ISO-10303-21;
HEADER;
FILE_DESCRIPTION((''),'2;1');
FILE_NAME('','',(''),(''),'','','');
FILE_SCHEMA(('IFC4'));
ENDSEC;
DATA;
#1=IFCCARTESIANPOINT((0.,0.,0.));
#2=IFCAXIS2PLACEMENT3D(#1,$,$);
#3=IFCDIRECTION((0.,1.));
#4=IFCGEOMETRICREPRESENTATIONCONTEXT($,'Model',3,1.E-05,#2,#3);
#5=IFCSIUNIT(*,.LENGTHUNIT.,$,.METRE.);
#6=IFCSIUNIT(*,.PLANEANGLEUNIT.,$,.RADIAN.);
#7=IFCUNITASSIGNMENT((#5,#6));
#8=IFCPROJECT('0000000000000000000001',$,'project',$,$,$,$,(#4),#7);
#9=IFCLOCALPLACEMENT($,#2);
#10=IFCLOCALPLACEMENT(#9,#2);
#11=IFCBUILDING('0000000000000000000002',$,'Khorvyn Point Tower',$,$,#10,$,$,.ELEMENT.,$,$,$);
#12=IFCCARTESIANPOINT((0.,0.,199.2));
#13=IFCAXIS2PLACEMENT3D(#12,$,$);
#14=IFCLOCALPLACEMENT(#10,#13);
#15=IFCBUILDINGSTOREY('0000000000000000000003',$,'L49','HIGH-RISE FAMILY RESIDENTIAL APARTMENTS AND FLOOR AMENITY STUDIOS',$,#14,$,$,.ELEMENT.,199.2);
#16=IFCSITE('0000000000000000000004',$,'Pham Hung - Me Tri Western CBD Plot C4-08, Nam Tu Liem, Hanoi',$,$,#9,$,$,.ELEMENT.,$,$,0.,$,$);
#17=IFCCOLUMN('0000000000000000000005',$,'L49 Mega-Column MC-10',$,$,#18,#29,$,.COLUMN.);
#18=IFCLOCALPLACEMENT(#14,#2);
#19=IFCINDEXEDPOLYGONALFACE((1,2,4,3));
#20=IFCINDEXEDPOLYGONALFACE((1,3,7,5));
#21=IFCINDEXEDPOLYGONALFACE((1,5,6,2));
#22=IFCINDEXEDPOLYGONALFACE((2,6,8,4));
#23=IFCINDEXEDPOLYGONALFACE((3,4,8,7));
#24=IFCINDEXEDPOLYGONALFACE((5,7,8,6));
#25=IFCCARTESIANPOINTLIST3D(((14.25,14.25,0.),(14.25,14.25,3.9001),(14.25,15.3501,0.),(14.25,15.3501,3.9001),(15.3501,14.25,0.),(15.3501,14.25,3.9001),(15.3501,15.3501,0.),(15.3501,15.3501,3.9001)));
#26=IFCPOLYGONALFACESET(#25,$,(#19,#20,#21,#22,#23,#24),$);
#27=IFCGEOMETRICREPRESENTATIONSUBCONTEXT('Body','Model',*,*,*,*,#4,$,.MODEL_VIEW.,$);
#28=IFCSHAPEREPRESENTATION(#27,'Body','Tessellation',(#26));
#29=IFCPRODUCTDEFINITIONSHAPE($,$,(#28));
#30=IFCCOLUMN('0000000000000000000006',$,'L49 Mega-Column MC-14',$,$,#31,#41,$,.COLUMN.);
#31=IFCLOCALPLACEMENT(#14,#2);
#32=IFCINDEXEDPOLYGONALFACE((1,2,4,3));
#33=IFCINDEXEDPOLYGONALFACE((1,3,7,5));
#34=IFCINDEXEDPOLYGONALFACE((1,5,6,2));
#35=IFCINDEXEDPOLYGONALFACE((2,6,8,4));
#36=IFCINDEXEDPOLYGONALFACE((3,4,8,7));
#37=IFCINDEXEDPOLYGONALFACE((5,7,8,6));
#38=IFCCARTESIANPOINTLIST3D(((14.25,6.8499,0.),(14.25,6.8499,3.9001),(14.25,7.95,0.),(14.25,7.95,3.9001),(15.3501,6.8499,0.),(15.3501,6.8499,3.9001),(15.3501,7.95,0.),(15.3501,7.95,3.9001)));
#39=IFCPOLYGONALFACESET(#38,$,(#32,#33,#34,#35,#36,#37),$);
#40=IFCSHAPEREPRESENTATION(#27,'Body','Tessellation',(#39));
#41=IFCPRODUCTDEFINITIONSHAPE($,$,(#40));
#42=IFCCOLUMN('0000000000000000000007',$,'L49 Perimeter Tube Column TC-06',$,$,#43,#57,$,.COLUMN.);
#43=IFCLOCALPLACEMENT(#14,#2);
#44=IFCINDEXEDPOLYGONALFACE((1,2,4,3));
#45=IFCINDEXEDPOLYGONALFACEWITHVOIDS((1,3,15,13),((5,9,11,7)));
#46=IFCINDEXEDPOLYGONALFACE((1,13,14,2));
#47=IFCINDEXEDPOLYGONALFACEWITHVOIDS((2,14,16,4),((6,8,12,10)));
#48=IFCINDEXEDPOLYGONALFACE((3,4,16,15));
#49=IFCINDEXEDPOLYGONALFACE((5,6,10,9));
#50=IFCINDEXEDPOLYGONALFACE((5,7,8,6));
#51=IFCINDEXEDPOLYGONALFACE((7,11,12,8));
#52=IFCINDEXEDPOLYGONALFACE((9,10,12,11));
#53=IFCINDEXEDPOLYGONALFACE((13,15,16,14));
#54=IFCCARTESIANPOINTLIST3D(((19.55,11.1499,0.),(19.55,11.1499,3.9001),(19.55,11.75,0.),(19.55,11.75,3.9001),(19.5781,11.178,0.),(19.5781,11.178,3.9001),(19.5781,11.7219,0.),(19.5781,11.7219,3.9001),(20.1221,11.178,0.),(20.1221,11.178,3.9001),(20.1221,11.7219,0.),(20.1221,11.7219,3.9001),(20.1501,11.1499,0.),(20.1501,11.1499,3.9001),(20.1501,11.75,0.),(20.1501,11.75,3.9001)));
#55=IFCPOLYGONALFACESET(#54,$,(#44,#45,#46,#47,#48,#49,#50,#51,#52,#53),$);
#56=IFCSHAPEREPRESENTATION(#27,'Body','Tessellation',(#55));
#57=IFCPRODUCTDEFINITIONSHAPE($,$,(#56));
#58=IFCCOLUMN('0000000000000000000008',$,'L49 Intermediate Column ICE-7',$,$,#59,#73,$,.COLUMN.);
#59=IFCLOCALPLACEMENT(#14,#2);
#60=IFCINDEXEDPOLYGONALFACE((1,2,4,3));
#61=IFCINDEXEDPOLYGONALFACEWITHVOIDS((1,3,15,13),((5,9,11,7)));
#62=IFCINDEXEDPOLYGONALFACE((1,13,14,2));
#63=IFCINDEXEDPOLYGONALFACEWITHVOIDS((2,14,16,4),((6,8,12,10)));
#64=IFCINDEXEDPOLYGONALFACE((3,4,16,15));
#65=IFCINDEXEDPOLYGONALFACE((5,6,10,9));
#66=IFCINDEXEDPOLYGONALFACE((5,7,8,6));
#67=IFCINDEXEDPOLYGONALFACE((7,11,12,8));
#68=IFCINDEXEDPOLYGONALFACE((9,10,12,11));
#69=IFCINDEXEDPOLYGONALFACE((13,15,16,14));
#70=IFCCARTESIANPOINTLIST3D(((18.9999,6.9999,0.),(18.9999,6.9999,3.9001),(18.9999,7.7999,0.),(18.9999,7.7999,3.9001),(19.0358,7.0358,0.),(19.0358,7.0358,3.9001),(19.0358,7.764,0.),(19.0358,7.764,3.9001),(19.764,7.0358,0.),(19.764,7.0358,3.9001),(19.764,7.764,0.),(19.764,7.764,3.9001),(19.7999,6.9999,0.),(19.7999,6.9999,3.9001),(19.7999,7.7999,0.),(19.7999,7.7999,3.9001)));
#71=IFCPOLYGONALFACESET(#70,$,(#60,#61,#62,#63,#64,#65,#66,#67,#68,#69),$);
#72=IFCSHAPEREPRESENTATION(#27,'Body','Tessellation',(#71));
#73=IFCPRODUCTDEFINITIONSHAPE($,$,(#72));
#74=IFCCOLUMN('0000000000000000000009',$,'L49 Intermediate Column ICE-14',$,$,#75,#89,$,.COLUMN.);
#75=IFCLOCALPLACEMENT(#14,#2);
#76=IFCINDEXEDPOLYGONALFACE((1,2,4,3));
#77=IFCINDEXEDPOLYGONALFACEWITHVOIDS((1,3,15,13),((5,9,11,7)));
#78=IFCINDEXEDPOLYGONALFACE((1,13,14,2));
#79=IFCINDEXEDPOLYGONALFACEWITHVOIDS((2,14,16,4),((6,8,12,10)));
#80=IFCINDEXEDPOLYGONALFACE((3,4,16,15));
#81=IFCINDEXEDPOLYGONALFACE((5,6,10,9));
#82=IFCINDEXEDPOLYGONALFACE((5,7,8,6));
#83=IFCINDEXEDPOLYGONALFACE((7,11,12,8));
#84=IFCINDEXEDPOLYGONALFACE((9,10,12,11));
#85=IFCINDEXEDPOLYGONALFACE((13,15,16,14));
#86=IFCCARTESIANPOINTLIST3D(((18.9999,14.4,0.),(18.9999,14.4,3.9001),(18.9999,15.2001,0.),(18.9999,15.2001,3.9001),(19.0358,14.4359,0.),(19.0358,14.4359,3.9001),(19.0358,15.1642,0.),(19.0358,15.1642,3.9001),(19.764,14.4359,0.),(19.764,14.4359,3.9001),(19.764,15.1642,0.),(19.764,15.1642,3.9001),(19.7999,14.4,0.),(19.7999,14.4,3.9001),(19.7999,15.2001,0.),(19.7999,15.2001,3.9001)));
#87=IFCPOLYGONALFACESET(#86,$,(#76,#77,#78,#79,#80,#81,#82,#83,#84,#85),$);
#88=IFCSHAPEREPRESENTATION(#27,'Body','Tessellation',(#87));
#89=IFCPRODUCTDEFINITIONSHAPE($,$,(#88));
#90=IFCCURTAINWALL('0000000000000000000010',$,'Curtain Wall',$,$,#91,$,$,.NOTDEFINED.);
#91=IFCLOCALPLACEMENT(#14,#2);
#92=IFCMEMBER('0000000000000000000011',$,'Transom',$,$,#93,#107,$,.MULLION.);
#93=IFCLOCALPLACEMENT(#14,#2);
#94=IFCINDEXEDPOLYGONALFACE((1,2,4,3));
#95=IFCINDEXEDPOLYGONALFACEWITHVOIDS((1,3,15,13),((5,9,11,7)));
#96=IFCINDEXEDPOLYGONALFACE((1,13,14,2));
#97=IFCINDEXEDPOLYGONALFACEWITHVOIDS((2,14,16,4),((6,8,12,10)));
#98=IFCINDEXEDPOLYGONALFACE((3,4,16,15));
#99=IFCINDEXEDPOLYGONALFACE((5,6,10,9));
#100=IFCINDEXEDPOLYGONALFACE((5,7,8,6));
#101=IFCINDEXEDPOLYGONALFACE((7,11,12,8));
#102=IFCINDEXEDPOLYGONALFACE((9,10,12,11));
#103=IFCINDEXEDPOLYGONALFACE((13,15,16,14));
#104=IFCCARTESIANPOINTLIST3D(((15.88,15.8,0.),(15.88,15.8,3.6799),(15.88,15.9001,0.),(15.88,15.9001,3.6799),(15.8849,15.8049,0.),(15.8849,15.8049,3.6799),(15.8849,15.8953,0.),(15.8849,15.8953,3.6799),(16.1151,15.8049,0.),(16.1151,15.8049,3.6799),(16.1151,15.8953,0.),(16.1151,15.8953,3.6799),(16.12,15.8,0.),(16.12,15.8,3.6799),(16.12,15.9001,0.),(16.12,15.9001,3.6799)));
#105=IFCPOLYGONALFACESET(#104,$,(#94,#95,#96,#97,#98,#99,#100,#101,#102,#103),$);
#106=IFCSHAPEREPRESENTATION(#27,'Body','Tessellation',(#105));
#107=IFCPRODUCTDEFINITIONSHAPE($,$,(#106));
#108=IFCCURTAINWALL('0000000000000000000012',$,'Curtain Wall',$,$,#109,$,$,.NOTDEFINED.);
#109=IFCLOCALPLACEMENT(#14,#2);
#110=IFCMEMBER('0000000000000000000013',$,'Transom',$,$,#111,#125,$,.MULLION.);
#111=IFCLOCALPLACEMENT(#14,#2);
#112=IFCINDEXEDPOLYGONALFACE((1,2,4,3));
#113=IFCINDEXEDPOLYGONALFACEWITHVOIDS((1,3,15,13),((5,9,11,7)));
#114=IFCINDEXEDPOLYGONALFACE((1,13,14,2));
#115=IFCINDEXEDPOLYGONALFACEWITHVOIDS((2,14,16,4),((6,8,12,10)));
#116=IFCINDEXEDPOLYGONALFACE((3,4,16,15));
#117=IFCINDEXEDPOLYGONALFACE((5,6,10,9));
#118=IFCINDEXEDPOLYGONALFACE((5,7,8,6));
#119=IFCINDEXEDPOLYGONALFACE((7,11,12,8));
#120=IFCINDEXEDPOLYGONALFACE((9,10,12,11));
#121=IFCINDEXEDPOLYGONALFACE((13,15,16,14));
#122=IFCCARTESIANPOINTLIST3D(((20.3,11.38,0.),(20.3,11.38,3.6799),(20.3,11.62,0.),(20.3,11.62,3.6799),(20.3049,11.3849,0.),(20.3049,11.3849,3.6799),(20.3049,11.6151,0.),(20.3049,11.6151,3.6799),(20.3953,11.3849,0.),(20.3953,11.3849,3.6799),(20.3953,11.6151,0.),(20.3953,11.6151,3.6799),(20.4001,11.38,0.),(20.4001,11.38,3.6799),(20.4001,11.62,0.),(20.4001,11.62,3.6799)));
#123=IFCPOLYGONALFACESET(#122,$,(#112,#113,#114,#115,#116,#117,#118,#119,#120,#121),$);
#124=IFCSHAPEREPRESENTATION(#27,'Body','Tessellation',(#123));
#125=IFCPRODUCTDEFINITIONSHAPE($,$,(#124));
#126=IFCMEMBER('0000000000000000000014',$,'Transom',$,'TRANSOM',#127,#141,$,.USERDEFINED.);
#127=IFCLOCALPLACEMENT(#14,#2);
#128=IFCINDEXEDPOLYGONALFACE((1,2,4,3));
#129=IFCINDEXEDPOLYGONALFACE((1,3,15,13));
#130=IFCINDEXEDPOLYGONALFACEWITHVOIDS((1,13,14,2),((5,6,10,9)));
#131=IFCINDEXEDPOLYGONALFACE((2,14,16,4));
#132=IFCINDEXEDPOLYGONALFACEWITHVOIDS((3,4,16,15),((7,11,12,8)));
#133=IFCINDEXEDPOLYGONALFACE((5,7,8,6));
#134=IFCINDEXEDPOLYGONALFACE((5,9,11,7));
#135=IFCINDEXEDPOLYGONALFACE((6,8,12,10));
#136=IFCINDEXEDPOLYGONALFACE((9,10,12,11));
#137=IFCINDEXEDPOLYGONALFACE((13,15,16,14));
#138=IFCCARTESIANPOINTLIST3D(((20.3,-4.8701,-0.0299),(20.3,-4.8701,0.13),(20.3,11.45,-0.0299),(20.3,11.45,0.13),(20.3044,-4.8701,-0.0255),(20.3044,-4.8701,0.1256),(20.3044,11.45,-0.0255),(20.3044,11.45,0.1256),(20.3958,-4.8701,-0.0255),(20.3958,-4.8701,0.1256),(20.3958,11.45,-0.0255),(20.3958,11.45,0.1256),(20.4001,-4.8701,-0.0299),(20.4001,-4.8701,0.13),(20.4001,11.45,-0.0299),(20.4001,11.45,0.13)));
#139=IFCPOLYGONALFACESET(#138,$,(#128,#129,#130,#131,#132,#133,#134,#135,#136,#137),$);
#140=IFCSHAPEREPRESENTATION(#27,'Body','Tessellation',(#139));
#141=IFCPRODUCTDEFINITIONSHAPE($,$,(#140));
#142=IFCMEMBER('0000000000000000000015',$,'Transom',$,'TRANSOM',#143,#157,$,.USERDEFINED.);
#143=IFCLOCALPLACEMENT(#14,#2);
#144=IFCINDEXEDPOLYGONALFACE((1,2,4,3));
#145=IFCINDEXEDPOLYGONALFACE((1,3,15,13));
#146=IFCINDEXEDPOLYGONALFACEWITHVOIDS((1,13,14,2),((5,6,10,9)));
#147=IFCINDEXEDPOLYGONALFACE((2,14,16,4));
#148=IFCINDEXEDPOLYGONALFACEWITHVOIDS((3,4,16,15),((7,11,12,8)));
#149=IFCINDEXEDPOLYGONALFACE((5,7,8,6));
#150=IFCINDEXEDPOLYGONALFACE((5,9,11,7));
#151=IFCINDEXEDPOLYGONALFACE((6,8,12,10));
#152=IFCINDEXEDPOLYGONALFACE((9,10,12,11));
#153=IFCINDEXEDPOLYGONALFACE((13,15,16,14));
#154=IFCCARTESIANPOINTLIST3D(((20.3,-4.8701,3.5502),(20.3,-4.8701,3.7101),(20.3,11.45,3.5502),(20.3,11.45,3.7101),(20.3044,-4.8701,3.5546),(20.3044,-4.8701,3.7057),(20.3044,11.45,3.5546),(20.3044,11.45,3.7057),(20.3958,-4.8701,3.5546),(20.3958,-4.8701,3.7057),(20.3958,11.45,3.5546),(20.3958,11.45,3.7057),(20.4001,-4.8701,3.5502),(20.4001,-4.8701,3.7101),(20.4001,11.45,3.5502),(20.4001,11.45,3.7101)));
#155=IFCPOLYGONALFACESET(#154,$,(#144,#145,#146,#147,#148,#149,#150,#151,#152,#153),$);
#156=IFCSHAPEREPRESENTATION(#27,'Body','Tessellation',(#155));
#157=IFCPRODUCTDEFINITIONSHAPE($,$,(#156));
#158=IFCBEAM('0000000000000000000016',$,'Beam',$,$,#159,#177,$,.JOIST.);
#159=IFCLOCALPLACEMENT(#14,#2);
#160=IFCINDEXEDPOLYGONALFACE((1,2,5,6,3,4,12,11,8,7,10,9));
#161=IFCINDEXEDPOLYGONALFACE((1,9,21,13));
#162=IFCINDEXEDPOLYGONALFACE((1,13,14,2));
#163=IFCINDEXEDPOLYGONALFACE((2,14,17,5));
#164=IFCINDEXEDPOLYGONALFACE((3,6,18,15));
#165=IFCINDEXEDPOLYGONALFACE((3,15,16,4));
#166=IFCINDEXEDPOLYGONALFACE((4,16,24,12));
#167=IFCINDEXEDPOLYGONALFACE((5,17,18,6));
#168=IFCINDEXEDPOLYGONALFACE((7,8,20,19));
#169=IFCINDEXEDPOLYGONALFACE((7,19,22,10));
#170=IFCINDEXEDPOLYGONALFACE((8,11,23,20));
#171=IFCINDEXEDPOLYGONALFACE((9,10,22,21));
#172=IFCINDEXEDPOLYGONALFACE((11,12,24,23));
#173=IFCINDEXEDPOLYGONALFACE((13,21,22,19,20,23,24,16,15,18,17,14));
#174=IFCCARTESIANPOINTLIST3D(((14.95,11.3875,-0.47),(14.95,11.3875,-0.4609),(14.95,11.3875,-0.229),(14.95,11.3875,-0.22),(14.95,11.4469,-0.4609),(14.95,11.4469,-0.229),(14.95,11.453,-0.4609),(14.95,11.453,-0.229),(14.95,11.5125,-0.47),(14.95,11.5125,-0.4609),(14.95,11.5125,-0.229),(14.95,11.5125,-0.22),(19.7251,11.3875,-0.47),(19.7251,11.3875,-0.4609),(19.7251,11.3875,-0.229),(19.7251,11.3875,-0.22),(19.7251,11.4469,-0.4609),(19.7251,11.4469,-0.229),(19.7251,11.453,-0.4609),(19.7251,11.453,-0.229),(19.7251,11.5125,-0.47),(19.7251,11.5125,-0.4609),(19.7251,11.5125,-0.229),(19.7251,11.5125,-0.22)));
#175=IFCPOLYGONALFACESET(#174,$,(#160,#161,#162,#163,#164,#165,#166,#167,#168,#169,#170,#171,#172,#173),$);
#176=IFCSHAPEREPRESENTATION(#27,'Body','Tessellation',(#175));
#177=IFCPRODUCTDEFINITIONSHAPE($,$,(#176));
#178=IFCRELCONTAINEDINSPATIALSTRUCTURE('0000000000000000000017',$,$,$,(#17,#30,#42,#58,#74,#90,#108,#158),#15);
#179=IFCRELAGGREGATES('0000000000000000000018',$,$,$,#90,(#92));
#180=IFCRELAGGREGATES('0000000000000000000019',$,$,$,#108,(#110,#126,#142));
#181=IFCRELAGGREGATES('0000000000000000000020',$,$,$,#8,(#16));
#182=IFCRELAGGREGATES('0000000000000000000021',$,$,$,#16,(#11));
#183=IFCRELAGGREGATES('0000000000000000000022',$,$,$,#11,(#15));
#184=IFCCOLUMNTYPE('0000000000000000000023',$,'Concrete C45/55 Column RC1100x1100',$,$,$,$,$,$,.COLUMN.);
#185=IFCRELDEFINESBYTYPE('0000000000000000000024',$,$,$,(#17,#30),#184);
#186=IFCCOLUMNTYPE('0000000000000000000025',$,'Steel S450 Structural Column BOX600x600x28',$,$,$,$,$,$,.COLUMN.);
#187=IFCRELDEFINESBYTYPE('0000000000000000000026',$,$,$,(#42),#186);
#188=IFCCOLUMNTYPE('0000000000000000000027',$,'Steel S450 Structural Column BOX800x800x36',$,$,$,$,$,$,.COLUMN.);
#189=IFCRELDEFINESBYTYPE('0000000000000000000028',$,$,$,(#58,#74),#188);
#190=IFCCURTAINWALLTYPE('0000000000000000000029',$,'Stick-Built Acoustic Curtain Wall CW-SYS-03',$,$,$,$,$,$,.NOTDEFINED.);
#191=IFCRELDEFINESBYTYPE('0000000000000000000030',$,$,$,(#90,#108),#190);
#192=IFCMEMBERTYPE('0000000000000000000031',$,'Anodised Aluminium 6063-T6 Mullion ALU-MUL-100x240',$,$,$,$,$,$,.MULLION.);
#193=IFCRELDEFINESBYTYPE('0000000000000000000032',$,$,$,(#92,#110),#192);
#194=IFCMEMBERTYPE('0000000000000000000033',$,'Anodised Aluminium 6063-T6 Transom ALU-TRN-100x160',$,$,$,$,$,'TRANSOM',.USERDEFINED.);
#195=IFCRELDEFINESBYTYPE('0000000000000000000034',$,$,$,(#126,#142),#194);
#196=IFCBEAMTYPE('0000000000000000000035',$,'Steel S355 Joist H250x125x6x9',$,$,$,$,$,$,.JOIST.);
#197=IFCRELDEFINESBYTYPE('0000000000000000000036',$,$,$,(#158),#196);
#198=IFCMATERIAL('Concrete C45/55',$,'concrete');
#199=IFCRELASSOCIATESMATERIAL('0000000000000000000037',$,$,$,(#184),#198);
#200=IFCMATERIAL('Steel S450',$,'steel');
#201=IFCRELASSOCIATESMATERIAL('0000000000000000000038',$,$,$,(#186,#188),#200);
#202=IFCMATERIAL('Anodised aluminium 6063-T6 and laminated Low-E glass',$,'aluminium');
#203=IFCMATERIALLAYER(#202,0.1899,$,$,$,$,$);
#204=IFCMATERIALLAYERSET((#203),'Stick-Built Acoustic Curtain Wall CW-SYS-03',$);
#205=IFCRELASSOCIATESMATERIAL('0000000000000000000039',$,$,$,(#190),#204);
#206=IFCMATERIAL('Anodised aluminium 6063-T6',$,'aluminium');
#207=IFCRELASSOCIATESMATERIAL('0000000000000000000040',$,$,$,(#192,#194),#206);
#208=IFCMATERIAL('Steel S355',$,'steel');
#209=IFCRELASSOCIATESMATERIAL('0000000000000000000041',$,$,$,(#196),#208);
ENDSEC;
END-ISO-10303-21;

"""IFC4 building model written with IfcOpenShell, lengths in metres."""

from ifc_helpers import new_model, si_unit, direction, frame, origin, origin_2d, place, context, subcontext, project, spatial, rectangle, hollow_rectangle, i_section, extrude, material, layer, layer_set, material_profile, profile_set, type_object, element, aggregate, save


model = new_model("IFC4")

# Units and contexts
model_context = context("Model", 3, precision=1e-05, world=origin(), true_north=direction((0.0, 1.0)))
body_context = subcontext(model_context, "Body", "Model", "MODEL_VIEW")
ifc_project = project(units=[si_unit("LENGTHUNIT", "METRE"), si_unit("PLANEANGLEUNIT", "RADIAN")], contexts=[model_context])

# Site, building, storey
site_placement = place(None, origin())
site = spatial("IfcSite", under=ifc_project, at=site_placement, Name="Pham Hung - Me Tri Western CBD Plot C4-08, Nam Tu Liem, Hanoi", CompositionType="ELEMENT", RefElevation=0.0)
building_placement = place(site_placement, origin())
building = spatial("IfcBuilding", under=site, at=building_placement, Name="Khorvyn Point Tower", CompositionType="ELEMENT")
storey_placement = place(building_placement, frame((0.0, 0.0, 199.2)))
storey = spatial("IfcBuildingStorey", under=building, at=storey_placement, Name="L49", Description="HIGH-RISE FAMILY RESIDENTIAL APARTMENTS AND FLOOR AMENITY STUDIOS", CompositionType="ELEMENT", Elevation=199.2)

# Columns
ifc_material_1 = material(Name="Concrete C45/55", Category="concrete")
ifc_material_profile_1 = material_profile(ifc_material_1, rectangle(XDim=1.1001, YDim=1.1001, at=origin_2d()))
ifc_profile_set_1 = profile_set([ifc_material_profile_1], Name="Concrete C45/55 RC1100x1100")
column_type_1 = type_object("IfcColumnType", Name="Concrete C45/55 Column RC1100x1100", PredefinedType="COLUMN", material=ifc_profile_set_1)
for number, where, z_axis, x_axis, name in (
    (1, (14.8, 14.8, 0.0), (0.0, 0.0, 1.0), (1.0, 0.0, 0.0), "L49 Mega-Column MC-10"),
    (2, (14.8, 7.3999, 0.0), (0.0, 0.0, 1.0), (1.0, 0.0, 0.0), "L49 Mega-Column MC-14"),
):
    element("IfcColumn", number, at=place(storey_placement, frame(where, z_axis=z_axis, x_axis=x_axis)), inside=storey, type_object=column_type_1, Name=name, PredefinedType="COLUMN", context=body_context, shape_type="SweptSolid", body=[
        extrude(rectangle(XDim=1.1001, YDim=1.1001, at=origin_2d()), origin(), (0.0, 0.0, 1.0), 3.9001),
    ])
ifc_material_2 = material(Name="Steel S450", Category="steel")
ifc_material_profile_2 = material_profile(ifc_material_2, hollow_rectangle(XDim=0.6001, YDim=0.6001, WallThickness=0.0281, at=origin_2d()))
ifc_profile_set_2 = profile_set([ifc_material_profile_2], Name="Steel S450 BOX600x600x28")
column_type_2 = type_object("IfcColumnType", Name="Steel S450 Structural Column BOX600x600x28", PredefinedType="COLUMN", material=ifc_profile_set_2)
column_placement = place(storey_placement, frame((19.8501, 11.45, 0.0), z_axis=(0.0, 0.0, 1.0), x_axis=(1.0, 0.0, 0.0)))
element("IfcColumn", 3, at=column_placement, inside=storey, type_object=column_type_2, Name="L49 Perimeter Tube Column TC-06", PredefinedType="COLUMN", context=body_context, shape_type="SweptSolid", body=[
    extrude(hollow_rectangle(XDim=0.6001, YDim=0.6001, WallThickness=0.0281, at=origin_2d()), origin(), (0.0, 0.0, 1.0), 3.9001),
])
ifc_material_profile_3 = material_profile(ifc_material_2, hollow_rectangle(XDim=0.8, YDim=0.8, WallThickness=0.0359, at=origin_2d()))
ifc_profile_set_3 = profile_set([ifc_material_profile_3], Name="Steel S450 BOX800x800x36")
column_type_3 = type_object("IfcColumnType", Name="Steel S450 Structural Column BOX800x800x36", PredefinedType="COLUMN", material=ifc_profile_set_3)
for number, where, z_axis, x_axis, name in (
    (4, (19.3999, 7.3999, 0.0), (0.0, 0.0, 1.0), (1.0, 0.0, 0.0), "L49 Intermediate Column ICE-7"),
    (5, (19.3999, 14.8, 0.0), (0.0, 0.0, 1.0), (1.0, 0.0, 0.0), "L49 Intermediate Column ICE-14"),
):
    element("IfcColumn", number, at=place(storey_placement, frame(where, z_axis=z_axis, x_axis=x_axis)), inside=storey, type_object=column_type_3, Name=name, PredefinedType="COLUMN", context=body_context, shape_type="SweptSolid", body=[
        extrude(hollow_rectangle(XDim=0.8, YDim=0.8, WallThickness=0.0359, at=origin_2d()), origin(), (0.0, 0.0, 1.0), 3.9001),
    ])

# Curtain wall, member
ifc_material_3 = material(Name="Anodised aluminium 6063-T6 and laminated Low-E glass", Category="aluminium")
ifc_layer_1 = layer(ifc_material_3, 0.1899)
ifc_layer_set_1 = layer_set([ifc_layer_1], Name="Stick-Built Acoustic Curtain Wall CW-SYS-03")
curtain_wall_type = type_object("IfcCurtainWallType", Name="Stick-Built Acoustic Curtain Wall CW-SYS-03", PredefinedType="NOTDEFINED", material=ifc_layer_set_1)
curtain_wall_1_placement = place(storey_placement, origin())
curtain_wall_1 = element("IfcCurtainWall", 6, at=curtain_wall_1_placement, inside=storey, type_object=curtain_wall_type, Name="Curtain Wall", PredefinedType="NOTDEFINED")
ifc_material_4 = material(Name="Anodised aluminium 6063-T6", Category="aluminium")
ifc_material_profile_4 = material_profile(ifc_material_4, hollow_rectangle(XDim=0.1001, YDim=0.24, WallThickness=0.0049, at=origin_2d()))
ifc_profile_set_4 = profile_set([ifc_material_profile_4], Name="Anodised aluminium 6063-T6 ALU-MUL-100x240")
member_type_1 = type_object("IfcMemberType", Name="Anodised Aluminium 6063-T6 Mullion ALU-MUL-100x240", PredefinedType="MULLION", material=ifc_profile_set_4)
member_1_placement = place(storey_placement, frame((16.0, 15.8501, 0.0), z_axis=(0.0, 0.0, 1.0), x_axis=(0.0, 1.0, 0.0)))
member_1 = element("IfcMember", 7, at=member_1_placement, type_object=member_type_1, Name="Transom", PredefinedType="MULLION", context=body_context, shape_type="SweptSolid", body=[
    extrude(hollow_rectangle(XDim=0.1001, YDim=0.24, WallThickness=0.0049, at=origin_2d()), origin(), (0.0, 0.0, 1.0), 3.6799),
])
aggregate(curtain_wall_1, [member_1])

# Curtain wall, members
curtain_wall_2_placement = place(storey_placement, origin())
curtain_wall_2 = element("IfcCurtainWall", 8, at=curtain_wall_2_placement, inside=storey, type_object=curtain_wall_type, Name="Curtain Wall", PredefinedType="NOTDEFINED")
member_2_placement = place(storey_placement, frame((20.3501, 11.5, 0.0), z_axis=(0.0, 0.0, 1.0), x_axis=(1.0, 0.0, 0.0)))
member_2 = element("IfcMember", 9, at=member_2_placement, type_object=member_type_1, Name="Transom", PredefinedType="MULLION", context=body_context, shape_type="SweptSolid", body=[
    extrude(hollow_rectangle(XDim=0.1001, YDim=0.24, WallThickness=0.0049, at=origin_2d()), origin(), (0.0, 0.0, 1.0), 3.6799),
])
ifc_material_profile_5 = material_profile(ifc_material_4, hollow_rectangle(XDim=0.1001, YDim=0.1599, WallThickness=0.0044, at=origin_2d()))
ifc_profile_set_5 = profile_set([ifc_material_profile_5], Name="Anodised aluminium 6063-T6 ALU-TRN-100x160")
member_type_2 = type_object("IfcMemberType", Name="Anodised Aluminium 6063-T6 Transom ALU-TRN-100x160", ElementType="TRANSOM", PredefinedType="USERDEFINED", material=ifc_profile_set_5)
member_3_placement = place(storey_placement, frame((20.3501, 11.45, 0.05), z_axis=(0.0, -1.0, 0.0), x_axis=(1.0, 0.0, 0.0)))
member_3 = element("IfcMember", 10, at=member_3_placement, type_object=member_type_2, Name="Transom", ObjectType="TRANSOM", PredefinedType="USERDEFINED", context=body_context, shape_type="SweptSolid", body=[
    extrude(hollow_rectangle(XDim=0.1001, YDim=0.1599, WallThickness=0.0044, at=origin_2d()), origin(), (0.0, 0.0, 1.0), 16.3201),
])
member_4_placement = place(storey_placement, frame((20.3501, 11.45, 3.6301), z_axis=(0.0, -1.0, 0.0), x_axis=(1.0, 0.0, 0.0)))
member_4 = element("IfcMember", 11, at=member_4_placement, type_object=member_type_2, Name="Transom", ObjectType="TRANSOM", PredefinedType="USERDEFINED", context=body_context, shape_type="SweptSolid", body=[
    extrude(hollow_rectangle(XDim=0.1001, YDim=0.1599, WallThickness=0.0044, at=origin_2d()), origin(), (0.0, 0.0, 1.0), 16.3201),
])
aggregate(curtain_wall_2, [member_2, member_3, member_4])

# Beam
ifc_material_5 = material(Name="Steel S355", Category="steel")
ifc_material_profile_6 = material_profile(ifc_material_5, i_section(OverallWidth=0.125, OverallDepth=0.25, WebThickness=0.0061, FlangeThickness=0.009, at=origin_2d()))
ifc_profile_set_6 = profile_set([ifc_material_profile_6], Name="Steel S355 H250x125x6x9")
beam_type_1 = type_object("IfcBeamType", Name="Steel S355 Joist H250x125x6x9", PredefinedType="JOIST", material=ifc_profile_set_6)
beam_1_placement = place(storey_placement, frame((14.95, 11.45, -0.345), z_axis=(1.0, 0.0, 0.0), x_axis=(0.0, 1.0, 0.0)))
element("IfcBeam", 12, at=beam_1_placement, inside=storey, type_object=beam_type_1, Name="Beam", PredefinedType="JOIST", context=body_context, shape_type="SweptSolid", body=[
    extrude(i_section(OverallWidth=0.125, OverallDepth=0.25, WebThickness=0.0061, FlangeThickness=0.009, at=origin_2d()), origin(), (0.0, 0.0, 1.0), 4.7751),
])

save(model, "model.ifc")
